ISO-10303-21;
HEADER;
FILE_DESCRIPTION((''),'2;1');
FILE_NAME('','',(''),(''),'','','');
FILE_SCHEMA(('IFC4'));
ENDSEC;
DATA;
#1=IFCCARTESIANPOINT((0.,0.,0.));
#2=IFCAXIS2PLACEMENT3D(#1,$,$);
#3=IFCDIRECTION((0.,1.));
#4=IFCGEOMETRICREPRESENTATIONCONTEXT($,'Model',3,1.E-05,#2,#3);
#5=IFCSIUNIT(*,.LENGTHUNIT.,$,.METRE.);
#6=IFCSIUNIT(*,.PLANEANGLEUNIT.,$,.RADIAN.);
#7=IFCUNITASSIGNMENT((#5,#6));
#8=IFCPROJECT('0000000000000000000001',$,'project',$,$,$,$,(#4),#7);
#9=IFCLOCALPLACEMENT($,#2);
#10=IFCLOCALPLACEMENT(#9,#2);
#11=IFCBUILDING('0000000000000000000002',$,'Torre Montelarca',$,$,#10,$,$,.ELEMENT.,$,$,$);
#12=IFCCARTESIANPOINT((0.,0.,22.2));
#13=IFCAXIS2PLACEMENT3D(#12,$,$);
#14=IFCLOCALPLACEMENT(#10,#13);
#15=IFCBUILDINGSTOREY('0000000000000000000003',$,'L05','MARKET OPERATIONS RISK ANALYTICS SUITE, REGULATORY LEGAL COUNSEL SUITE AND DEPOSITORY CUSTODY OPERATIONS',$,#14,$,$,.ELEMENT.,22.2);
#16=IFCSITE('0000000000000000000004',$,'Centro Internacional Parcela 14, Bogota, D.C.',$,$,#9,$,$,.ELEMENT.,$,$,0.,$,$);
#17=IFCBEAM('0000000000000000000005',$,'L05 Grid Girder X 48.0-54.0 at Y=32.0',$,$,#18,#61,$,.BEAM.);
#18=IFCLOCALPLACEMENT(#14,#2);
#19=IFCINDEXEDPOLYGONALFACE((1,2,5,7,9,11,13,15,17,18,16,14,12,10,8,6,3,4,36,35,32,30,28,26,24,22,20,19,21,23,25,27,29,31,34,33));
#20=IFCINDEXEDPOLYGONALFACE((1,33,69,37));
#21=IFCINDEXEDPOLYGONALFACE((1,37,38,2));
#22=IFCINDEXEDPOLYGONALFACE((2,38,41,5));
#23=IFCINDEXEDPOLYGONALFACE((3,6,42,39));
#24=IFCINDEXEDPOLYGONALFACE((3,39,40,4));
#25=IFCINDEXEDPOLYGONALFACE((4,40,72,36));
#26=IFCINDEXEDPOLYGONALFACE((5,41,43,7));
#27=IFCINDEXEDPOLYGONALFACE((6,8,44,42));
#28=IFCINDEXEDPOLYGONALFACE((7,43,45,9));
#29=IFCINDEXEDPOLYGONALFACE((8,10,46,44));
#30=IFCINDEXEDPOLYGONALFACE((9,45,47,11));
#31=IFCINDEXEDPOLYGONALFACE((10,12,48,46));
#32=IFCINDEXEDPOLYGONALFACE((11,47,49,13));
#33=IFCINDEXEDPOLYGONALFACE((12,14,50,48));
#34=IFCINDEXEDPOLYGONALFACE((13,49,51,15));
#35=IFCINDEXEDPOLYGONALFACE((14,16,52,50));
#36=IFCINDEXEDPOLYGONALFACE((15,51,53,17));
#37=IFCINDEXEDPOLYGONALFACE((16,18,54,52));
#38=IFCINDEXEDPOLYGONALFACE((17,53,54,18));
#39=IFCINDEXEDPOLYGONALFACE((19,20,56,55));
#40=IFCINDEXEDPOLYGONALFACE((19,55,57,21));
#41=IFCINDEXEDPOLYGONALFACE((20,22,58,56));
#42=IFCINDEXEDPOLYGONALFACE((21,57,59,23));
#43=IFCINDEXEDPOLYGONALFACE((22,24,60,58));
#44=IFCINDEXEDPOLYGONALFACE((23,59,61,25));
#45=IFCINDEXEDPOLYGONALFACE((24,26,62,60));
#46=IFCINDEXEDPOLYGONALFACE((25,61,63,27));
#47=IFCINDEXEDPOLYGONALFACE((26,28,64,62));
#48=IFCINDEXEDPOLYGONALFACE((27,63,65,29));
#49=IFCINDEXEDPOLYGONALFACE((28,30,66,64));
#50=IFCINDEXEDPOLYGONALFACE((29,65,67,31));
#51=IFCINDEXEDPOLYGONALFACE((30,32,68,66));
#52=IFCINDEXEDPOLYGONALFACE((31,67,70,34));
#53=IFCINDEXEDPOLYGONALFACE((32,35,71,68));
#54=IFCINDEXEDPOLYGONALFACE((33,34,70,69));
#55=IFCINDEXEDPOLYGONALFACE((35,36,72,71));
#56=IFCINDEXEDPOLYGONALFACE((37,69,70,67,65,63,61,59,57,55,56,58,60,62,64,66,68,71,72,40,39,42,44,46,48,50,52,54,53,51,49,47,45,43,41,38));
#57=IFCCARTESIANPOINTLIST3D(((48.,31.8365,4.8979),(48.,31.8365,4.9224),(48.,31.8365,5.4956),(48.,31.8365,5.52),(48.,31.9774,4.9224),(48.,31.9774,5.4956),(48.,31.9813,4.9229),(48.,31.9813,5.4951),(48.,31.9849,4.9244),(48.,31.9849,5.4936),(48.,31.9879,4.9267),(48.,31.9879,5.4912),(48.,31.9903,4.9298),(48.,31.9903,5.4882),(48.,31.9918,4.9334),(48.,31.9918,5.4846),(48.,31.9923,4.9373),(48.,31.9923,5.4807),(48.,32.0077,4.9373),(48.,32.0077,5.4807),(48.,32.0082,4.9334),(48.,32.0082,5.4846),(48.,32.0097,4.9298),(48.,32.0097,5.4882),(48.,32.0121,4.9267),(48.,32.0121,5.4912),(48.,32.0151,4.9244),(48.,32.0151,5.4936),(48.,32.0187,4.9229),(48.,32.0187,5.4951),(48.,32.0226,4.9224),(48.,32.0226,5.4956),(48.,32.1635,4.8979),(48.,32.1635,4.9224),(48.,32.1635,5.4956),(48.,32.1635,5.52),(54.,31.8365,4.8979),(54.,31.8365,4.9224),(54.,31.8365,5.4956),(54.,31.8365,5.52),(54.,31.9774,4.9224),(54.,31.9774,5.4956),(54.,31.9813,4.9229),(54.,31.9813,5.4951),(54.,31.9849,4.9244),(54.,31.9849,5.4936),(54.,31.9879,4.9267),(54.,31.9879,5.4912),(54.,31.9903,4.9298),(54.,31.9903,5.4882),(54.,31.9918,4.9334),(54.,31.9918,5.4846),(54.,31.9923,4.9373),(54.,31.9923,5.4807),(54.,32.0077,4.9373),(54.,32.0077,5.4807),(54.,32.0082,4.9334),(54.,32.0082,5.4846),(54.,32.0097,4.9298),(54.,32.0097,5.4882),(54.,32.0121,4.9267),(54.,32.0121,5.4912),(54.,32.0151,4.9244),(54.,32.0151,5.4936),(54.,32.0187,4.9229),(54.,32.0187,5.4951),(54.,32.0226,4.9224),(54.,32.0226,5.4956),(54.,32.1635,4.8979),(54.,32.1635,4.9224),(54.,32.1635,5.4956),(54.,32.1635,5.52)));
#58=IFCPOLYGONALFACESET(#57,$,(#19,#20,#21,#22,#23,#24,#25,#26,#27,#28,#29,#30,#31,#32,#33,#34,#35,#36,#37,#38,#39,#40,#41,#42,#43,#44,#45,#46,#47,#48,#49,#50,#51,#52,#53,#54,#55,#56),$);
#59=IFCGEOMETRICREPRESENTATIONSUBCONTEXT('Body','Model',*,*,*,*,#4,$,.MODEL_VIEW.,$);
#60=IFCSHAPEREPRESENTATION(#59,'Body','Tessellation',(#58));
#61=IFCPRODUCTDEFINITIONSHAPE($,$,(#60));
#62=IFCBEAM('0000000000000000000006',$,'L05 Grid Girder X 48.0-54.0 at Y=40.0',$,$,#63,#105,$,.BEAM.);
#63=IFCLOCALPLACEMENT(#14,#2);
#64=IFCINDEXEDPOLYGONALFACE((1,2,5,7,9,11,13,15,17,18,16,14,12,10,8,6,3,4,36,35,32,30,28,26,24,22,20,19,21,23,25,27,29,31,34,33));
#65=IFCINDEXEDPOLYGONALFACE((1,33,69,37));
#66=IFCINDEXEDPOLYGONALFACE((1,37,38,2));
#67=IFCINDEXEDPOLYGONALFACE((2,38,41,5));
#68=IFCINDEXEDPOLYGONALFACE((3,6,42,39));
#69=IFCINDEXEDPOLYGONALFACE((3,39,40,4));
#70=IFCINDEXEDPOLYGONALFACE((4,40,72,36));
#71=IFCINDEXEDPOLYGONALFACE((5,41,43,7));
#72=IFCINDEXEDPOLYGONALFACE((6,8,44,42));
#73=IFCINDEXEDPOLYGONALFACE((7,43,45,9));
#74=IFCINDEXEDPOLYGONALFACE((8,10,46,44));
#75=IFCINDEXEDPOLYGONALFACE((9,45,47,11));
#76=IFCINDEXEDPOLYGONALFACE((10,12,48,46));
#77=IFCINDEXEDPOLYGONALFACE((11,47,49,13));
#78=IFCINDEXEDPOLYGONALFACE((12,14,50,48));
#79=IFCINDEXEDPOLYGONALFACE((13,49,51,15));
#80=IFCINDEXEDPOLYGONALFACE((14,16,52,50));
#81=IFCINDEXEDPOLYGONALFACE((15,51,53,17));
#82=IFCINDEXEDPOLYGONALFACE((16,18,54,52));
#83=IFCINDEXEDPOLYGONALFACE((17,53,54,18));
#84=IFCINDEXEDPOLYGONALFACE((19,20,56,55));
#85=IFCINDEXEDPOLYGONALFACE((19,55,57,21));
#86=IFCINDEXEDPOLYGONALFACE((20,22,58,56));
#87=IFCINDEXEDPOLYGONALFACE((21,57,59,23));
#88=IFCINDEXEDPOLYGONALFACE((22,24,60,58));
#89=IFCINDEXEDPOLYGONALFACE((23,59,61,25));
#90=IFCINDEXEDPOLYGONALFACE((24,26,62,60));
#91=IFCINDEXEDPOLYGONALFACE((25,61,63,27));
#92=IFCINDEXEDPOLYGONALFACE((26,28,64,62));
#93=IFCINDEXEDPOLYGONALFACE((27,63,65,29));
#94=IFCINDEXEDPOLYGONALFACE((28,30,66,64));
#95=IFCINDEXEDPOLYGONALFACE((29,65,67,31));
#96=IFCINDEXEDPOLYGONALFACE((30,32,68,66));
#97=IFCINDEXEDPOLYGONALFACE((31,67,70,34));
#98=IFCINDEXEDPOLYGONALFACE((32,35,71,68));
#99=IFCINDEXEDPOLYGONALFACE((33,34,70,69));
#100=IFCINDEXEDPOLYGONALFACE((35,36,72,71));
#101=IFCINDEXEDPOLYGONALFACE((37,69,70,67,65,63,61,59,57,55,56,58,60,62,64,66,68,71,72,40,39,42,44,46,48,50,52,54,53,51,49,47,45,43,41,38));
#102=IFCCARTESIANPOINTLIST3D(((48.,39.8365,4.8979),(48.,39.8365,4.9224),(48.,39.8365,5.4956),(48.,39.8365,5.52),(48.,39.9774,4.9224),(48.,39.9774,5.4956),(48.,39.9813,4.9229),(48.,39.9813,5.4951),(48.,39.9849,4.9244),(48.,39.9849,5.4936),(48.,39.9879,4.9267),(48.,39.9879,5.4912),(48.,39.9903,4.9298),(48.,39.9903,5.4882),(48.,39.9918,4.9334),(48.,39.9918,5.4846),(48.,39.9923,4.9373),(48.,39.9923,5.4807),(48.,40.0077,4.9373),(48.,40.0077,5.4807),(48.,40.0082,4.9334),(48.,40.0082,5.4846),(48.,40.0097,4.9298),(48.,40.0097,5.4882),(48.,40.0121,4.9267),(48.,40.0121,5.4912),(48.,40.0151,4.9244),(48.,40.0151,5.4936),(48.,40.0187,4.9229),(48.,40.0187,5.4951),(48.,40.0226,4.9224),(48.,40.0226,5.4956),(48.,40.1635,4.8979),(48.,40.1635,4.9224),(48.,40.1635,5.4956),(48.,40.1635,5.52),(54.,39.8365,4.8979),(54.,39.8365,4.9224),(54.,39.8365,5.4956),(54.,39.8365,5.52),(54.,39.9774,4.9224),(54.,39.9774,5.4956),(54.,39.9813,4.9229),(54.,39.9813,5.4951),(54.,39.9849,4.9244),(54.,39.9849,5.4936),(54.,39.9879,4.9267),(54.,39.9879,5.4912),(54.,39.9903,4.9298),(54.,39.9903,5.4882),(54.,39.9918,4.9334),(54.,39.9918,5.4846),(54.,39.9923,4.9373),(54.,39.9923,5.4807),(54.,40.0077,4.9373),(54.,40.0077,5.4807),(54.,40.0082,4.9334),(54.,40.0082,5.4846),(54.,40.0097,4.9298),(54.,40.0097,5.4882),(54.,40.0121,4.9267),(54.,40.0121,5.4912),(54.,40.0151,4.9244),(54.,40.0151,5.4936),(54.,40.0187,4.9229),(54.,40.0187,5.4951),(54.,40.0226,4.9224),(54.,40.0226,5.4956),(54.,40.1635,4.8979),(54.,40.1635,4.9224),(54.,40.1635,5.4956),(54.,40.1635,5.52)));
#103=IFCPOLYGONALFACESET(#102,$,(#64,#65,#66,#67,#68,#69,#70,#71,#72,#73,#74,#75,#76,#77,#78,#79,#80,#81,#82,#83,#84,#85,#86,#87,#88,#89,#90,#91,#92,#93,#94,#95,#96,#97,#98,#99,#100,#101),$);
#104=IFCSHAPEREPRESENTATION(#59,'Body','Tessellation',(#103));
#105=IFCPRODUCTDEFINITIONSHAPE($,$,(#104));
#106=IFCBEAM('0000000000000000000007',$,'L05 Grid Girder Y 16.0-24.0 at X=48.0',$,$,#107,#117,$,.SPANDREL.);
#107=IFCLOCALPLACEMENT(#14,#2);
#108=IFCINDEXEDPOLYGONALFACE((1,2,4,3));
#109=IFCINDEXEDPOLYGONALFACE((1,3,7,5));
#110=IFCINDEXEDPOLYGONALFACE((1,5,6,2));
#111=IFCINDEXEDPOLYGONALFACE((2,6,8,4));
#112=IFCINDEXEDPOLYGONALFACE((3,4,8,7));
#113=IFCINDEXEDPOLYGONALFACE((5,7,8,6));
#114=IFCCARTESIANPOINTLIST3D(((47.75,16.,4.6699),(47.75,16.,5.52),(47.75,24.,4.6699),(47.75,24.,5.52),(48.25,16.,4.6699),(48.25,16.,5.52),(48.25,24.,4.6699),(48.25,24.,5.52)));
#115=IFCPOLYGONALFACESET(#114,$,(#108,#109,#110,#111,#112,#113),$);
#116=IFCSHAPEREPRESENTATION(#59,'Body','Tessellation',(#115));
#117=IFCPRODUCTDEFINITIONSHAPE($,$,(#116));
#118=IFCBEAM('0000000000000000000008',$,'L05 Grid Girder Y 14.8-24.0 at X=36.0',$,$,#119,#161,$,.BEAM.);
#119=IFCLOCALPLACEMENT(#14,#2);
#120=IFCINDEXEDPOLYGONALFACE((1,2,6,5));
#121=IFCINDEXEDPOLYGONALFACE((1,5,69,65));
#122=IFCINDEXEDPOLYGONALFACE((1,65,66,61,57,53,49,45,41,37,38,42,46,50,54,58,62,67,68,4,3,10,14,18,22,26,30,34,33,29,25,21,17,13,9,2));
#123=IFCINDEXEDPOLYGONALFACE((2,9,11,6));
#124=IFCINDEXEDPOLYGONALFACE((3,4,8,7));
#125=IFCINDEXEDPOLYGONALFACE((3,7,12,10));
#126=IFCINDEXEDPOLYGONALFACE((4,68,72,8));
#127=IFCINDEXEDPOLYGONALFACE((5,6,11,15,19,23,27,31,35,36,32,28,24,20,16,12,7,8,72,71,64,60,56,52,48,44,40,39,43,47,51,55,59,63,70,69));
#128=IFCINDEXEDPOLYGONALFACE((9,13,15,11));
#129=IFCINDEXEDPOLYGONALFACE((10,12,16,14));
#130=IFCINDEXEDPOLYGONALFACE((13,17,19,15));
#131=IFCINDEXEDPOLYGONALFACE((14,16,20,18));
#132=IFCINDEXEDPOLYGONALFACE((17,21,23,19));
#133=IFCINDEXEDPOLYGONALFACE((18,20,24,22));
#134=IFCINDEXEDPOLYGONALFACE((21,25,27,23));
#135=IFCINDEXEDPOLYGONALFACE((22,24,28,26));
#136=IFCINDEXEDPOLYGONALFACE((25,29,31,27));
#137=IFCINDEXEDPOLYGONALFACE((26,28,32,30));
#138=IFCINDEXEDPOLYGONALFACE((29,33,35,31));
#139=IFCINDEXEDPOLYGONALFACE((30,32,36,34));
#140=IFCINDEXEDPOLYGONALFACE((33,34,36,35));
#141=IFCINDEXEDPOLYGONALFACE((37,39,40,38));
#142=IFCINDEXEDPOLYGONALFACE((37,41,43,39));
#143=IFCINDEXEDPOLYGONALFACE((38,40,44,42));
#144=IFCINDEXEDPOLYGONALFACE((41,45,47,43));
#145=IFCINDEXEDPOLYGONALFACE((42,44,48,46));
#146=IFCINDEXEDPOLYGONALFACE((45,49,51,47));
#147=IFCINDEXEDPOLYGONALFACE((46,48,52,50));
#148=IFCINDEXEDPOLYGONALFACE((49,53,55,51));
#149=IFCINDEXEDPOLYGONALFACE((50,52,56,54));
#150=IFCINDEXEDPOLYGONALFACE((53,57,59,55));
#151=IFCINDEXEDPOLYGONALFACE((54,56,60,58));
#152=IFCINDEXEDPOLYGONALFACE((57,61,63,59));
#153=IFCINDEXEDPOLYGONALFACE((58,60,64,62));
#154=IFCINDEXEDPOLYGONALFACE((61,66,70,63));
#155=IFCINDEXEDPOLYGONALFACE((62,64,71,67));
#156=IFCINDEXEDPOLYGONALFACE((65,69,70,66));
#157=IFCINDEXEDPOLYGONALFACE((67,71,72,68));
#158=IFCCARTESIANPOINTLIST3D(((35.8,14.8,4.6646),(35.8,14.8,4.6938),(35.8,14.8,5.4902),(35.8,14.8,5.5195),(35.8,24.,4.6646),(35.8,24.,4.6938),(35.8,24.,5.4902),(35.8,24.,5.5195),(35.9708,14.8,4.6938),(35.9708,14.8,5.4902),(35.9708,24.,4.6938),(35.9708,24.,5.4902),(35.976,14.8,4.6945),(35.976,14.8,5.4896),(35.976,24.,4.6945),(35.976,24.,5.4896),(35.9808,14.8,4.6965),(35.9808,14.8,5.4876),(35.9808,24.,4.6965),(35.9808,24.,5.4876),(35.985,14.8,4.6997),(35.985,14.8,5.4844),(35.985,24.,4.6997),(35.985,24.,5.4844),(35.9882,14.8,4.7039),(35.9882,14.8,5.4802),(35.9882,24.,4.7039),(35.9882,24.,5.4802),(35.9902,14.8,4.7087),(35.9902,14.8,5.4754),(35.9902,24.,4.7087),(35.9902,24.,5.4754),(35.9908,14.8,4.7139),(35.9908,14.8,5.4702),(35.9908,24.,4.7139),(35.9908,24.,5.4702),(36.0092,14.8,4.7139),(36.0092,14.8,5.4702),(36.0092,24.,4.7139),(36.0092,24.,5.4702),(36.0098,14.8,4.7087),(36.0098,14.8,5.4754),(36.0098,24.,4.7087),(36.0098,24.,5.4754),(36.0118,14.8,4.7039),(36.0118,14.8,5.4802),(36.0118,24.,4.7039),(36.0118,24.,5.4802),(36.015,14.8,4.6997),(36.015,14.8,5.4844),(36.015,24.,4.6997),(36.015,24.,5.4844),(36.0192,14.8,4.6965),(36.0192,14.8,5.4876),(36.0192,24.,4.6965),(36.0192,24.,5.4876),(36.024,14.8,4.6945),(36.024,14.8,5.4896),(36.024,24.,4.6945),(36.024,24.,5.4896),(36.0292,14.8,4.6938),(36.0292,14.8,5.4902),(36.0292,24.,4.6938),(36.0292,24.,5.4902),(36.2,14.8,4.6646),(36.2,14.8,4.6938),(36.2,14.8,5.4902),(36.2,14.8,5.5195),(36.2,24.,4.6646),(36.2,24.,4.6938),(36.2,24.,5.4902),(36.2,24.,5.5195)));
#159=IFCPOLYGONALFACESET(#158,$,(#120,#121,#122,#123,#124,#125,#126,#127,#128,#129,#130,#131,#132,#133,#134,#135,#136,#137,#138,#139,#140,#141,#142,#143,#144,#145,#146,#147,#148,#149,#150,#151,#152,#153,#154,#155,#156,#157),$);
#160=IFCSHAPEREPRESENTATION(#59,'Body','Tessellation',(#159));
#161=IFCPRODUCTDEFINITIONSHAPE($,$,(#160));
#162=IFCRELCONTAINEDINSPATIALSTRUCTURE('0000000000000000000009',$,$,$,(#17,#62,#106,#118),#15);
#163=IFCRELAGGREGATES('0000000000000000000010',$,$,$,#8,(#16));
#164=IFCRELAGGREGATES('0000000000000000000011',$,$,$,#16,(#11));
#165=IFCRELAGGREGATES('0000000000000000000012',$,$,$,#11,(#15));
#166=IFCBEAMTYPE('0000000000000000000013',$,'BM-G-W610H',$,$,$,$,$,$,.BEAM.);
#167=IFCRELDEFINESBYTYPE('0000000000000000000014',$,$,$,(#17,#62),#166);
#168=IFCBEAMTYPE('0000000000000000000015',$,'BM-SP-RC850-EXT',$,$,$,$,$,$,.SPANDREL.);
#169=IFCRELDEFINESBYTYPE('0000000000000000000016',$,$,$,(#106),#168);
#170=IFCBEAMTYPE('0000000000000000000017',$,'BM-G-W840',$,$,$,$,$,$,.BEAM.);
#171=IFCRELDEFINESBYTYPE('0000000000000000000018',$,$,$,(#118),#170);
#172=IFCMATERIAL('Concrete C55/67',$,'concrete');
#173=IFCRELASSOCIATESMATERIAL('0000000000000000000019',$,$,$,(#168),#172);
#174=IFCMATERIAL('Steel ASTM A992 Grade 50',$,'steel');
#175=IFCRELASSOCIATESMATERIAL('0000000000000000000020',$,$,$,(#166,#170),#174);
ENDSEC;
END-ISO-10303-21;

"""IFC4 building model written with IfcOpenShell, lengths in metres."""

from ifc_helpers import new_model, si_unit, direction, frame, origin, origin_2d, place, context, subcontext, project, spatial, rectangle, i_section, extrude, source, transform, mapped, material, material_profile, profile_set, type_object, element, save


model = new_model("IFC4")

# Units and contexts
model_context = context("Model", 3, precision=1e-05, world=origin(), true_north=direction((0.0, 1.0)))
body_context = subcontext(model_context, "Body", "Model", "MODEL_VIEW")
ifc_project = project(units=[si_unit("LENGTHUNIT", "METRE"), si_unit("PLANEANGLEUNIT", "RADIAN")], contexts=[model_context])

# Site, building, storey
site_placement = place(None, origin())
site = spatial("IfcSite", under=ifc_project, at=site_placement, Name="Centro Internacional Parcela 14, Bogota, D.C.", CompositionType="ELEMENT", RefElevation=0.0)
building_placement = place(site_placement, origin())
building = spatial("IfcBuilding", under=site, at=building_placement, Name="Torre Montelarca", CompositionType="ELEMENT")
storey_placement = place(building_placement, frame((0.0, 0.0, 22.2)))
storey = spatial("IfcBuildingStorey", under=building, at=storey_placement, Name="L05", Description="MARKET OPERATIONS RISK ANALYTICS SUITE, REGULATORY LEGAL COUNSEL SUITE AND DEPOSITORY CUSTODY OPERATIONS", CompositionType="ELEMENT", Elevation=22.2)

# Beams
ifc_material_1 = material(Name="Concrete C55/67", Category="concrete")
ifc_material_profile_1 = material_profile(ifc_material_1, rectangle(XDim=0.5, YDim=0.8501, at=origin_2d()), Name="RCB500X850", Category="concrete")
ifc_profile_set_1 = profile_set([ifc_material_profile_1], Name="Concrete C55/67")
beam_type_1 = type_object("IfcBeamType", Name="BM-SP-RC850-EXT", PredefinedType="SPANDREL", material=ifc_profile_set_1)
ifc_material_2 = material(Name="Steel ASTM A992 Grade 50", Category="steel")
ifc_material_profile_2 = material_profile(ifc_material_2, i_section(OverallWidth=0.3269, OverallDepth=0.6221, WebThickness=0.0154, FlangeThickness=0.0244, FilletRadius=0.0149, at=origin_2d()), Name="W610X195", Category="steel")
ifc_profile_set_2 = profile_set([ifc_material_profile_2], Name="Steel ASTM A992 Grade 50")
beam_type_2 = type_object("IfcBeamType", Name="BM-G-W610H", PredefinedType="BEAM", material=ifc_profile_set_2)
shared_shape_1 = source(origin(), body_context, "Body", "SweptSolid", [
    extrude(i_section(OverallWidth=0.3269, OverallDepth=0.6221, WebThickness=0.0154, FlangeThickness=0.0244, FilletRadius=0.0149, at=origin_2d()), origin(), (0.0, 0.0, 1.0), 6.0),
])
for number, where, z_axis, x_axis, name in (
    (1, (48.0, 32.0, 5.209), (1.0, 0.0, 0.0), (0.0, 1.0, 0.0), "L05 Grid Girder X 48.0-54.0 at Y=32.0"),
    (2, (48.0, 40.0, 5.209), (1.0, 0.0, 0.0), (0.0, 1.0, 0.0), "L05 Grid Girder X 48.0-54.0 at Y=40.0"),
):
    element("IfcBeam", number, at=place(storey_placement, frame(where, z_axis=z_axis, x_axis=x_axis)), inside=storey, type_object=beam_type_2, Name=name, PredefinedType="BEAM", context=body_context, shape_type="MappedRepresentation", body=[
        mapped(shared_shape_1, transform((0.0, 0.0, 0.0), scale=1.0)),
    ])
shared_shape_2 = source(origin(), body_context, "Body", "SweptSolid", [
    extrude(rectangle(XDim=0.5, YDim=0.8501, at=origin_2d()), origin(), (0.0, 0.0, 1.0), 8.0),
])
beam_1_placement = place(storey_placement, frame((48.0, 16.0, 5.095), z_axis=(0.0, 1.0, 0.0), x_axis=(-1.0, 0.0, 0.0)))
element("IfcBeam", 3, at=beam_1_placement, inside=storey, type_object=beam_type_1, Name="L05 Grid Girder Y 16.0-24.0 at X=48.0", PredefinedType="SPANDREL", context=body_context, shape_type="MappedRepresentation", body=[
    mapped(shared_shape_2, transform((0.0, 0.0, 0.0), scale=1.0)),
])
ifc_material_profile_3 = material_profile(ifc_material_2, i_section(OverallWidth=0.3999, OverallDepth=0.855, WebThickness=0.0183, FlangeThickness=0.0293, FilletRadius=0.02, at=origin_2d()), Name="W840X299", Category="steel")
ifc_profile_set_3 = profile_set([ifc_material_profile_3], Name="Steel ASTM A992 Grade 50")
beam_type_3 = type_object("IfcBeamType", Name="BM-G-W840", PredefinedType="BEAM", material=ifc_profile_set_3)
shared_shape_3 = source(origin(), body_context, "Body", "SweptSolid", [
    extrude(i_section(OverallWidth=0.3999, OverallDepth=0.855, WebThickness=0.0183, FlangeThickness=0.0293, FilletRadius=0.02, at=origin_2d()), origin(), (0.0, 0.0, 1.0), 9.2),
])
beam_2_placement = place(storey_placement, frame((36.0, 14.8, 5.092), z_axis=(0.0, 1.0, 0.0), x_axis=(-1.0, 0.0, 0.0)))
element("IfcBeam", 4, at=beam_2_placement, inside=storey, type_object=beam_type_3, Name="L05 Grid Girder Y 14.8-24.0 at X=36.0", PredefinedType="BEAM", context=body_context, shape_type="MappedRepresentation", body=[
    mapped(shared_shape_3, transform((0.0, 0.0, 0.0), scale=1.0)),
])

save(model, "model.ifc")
